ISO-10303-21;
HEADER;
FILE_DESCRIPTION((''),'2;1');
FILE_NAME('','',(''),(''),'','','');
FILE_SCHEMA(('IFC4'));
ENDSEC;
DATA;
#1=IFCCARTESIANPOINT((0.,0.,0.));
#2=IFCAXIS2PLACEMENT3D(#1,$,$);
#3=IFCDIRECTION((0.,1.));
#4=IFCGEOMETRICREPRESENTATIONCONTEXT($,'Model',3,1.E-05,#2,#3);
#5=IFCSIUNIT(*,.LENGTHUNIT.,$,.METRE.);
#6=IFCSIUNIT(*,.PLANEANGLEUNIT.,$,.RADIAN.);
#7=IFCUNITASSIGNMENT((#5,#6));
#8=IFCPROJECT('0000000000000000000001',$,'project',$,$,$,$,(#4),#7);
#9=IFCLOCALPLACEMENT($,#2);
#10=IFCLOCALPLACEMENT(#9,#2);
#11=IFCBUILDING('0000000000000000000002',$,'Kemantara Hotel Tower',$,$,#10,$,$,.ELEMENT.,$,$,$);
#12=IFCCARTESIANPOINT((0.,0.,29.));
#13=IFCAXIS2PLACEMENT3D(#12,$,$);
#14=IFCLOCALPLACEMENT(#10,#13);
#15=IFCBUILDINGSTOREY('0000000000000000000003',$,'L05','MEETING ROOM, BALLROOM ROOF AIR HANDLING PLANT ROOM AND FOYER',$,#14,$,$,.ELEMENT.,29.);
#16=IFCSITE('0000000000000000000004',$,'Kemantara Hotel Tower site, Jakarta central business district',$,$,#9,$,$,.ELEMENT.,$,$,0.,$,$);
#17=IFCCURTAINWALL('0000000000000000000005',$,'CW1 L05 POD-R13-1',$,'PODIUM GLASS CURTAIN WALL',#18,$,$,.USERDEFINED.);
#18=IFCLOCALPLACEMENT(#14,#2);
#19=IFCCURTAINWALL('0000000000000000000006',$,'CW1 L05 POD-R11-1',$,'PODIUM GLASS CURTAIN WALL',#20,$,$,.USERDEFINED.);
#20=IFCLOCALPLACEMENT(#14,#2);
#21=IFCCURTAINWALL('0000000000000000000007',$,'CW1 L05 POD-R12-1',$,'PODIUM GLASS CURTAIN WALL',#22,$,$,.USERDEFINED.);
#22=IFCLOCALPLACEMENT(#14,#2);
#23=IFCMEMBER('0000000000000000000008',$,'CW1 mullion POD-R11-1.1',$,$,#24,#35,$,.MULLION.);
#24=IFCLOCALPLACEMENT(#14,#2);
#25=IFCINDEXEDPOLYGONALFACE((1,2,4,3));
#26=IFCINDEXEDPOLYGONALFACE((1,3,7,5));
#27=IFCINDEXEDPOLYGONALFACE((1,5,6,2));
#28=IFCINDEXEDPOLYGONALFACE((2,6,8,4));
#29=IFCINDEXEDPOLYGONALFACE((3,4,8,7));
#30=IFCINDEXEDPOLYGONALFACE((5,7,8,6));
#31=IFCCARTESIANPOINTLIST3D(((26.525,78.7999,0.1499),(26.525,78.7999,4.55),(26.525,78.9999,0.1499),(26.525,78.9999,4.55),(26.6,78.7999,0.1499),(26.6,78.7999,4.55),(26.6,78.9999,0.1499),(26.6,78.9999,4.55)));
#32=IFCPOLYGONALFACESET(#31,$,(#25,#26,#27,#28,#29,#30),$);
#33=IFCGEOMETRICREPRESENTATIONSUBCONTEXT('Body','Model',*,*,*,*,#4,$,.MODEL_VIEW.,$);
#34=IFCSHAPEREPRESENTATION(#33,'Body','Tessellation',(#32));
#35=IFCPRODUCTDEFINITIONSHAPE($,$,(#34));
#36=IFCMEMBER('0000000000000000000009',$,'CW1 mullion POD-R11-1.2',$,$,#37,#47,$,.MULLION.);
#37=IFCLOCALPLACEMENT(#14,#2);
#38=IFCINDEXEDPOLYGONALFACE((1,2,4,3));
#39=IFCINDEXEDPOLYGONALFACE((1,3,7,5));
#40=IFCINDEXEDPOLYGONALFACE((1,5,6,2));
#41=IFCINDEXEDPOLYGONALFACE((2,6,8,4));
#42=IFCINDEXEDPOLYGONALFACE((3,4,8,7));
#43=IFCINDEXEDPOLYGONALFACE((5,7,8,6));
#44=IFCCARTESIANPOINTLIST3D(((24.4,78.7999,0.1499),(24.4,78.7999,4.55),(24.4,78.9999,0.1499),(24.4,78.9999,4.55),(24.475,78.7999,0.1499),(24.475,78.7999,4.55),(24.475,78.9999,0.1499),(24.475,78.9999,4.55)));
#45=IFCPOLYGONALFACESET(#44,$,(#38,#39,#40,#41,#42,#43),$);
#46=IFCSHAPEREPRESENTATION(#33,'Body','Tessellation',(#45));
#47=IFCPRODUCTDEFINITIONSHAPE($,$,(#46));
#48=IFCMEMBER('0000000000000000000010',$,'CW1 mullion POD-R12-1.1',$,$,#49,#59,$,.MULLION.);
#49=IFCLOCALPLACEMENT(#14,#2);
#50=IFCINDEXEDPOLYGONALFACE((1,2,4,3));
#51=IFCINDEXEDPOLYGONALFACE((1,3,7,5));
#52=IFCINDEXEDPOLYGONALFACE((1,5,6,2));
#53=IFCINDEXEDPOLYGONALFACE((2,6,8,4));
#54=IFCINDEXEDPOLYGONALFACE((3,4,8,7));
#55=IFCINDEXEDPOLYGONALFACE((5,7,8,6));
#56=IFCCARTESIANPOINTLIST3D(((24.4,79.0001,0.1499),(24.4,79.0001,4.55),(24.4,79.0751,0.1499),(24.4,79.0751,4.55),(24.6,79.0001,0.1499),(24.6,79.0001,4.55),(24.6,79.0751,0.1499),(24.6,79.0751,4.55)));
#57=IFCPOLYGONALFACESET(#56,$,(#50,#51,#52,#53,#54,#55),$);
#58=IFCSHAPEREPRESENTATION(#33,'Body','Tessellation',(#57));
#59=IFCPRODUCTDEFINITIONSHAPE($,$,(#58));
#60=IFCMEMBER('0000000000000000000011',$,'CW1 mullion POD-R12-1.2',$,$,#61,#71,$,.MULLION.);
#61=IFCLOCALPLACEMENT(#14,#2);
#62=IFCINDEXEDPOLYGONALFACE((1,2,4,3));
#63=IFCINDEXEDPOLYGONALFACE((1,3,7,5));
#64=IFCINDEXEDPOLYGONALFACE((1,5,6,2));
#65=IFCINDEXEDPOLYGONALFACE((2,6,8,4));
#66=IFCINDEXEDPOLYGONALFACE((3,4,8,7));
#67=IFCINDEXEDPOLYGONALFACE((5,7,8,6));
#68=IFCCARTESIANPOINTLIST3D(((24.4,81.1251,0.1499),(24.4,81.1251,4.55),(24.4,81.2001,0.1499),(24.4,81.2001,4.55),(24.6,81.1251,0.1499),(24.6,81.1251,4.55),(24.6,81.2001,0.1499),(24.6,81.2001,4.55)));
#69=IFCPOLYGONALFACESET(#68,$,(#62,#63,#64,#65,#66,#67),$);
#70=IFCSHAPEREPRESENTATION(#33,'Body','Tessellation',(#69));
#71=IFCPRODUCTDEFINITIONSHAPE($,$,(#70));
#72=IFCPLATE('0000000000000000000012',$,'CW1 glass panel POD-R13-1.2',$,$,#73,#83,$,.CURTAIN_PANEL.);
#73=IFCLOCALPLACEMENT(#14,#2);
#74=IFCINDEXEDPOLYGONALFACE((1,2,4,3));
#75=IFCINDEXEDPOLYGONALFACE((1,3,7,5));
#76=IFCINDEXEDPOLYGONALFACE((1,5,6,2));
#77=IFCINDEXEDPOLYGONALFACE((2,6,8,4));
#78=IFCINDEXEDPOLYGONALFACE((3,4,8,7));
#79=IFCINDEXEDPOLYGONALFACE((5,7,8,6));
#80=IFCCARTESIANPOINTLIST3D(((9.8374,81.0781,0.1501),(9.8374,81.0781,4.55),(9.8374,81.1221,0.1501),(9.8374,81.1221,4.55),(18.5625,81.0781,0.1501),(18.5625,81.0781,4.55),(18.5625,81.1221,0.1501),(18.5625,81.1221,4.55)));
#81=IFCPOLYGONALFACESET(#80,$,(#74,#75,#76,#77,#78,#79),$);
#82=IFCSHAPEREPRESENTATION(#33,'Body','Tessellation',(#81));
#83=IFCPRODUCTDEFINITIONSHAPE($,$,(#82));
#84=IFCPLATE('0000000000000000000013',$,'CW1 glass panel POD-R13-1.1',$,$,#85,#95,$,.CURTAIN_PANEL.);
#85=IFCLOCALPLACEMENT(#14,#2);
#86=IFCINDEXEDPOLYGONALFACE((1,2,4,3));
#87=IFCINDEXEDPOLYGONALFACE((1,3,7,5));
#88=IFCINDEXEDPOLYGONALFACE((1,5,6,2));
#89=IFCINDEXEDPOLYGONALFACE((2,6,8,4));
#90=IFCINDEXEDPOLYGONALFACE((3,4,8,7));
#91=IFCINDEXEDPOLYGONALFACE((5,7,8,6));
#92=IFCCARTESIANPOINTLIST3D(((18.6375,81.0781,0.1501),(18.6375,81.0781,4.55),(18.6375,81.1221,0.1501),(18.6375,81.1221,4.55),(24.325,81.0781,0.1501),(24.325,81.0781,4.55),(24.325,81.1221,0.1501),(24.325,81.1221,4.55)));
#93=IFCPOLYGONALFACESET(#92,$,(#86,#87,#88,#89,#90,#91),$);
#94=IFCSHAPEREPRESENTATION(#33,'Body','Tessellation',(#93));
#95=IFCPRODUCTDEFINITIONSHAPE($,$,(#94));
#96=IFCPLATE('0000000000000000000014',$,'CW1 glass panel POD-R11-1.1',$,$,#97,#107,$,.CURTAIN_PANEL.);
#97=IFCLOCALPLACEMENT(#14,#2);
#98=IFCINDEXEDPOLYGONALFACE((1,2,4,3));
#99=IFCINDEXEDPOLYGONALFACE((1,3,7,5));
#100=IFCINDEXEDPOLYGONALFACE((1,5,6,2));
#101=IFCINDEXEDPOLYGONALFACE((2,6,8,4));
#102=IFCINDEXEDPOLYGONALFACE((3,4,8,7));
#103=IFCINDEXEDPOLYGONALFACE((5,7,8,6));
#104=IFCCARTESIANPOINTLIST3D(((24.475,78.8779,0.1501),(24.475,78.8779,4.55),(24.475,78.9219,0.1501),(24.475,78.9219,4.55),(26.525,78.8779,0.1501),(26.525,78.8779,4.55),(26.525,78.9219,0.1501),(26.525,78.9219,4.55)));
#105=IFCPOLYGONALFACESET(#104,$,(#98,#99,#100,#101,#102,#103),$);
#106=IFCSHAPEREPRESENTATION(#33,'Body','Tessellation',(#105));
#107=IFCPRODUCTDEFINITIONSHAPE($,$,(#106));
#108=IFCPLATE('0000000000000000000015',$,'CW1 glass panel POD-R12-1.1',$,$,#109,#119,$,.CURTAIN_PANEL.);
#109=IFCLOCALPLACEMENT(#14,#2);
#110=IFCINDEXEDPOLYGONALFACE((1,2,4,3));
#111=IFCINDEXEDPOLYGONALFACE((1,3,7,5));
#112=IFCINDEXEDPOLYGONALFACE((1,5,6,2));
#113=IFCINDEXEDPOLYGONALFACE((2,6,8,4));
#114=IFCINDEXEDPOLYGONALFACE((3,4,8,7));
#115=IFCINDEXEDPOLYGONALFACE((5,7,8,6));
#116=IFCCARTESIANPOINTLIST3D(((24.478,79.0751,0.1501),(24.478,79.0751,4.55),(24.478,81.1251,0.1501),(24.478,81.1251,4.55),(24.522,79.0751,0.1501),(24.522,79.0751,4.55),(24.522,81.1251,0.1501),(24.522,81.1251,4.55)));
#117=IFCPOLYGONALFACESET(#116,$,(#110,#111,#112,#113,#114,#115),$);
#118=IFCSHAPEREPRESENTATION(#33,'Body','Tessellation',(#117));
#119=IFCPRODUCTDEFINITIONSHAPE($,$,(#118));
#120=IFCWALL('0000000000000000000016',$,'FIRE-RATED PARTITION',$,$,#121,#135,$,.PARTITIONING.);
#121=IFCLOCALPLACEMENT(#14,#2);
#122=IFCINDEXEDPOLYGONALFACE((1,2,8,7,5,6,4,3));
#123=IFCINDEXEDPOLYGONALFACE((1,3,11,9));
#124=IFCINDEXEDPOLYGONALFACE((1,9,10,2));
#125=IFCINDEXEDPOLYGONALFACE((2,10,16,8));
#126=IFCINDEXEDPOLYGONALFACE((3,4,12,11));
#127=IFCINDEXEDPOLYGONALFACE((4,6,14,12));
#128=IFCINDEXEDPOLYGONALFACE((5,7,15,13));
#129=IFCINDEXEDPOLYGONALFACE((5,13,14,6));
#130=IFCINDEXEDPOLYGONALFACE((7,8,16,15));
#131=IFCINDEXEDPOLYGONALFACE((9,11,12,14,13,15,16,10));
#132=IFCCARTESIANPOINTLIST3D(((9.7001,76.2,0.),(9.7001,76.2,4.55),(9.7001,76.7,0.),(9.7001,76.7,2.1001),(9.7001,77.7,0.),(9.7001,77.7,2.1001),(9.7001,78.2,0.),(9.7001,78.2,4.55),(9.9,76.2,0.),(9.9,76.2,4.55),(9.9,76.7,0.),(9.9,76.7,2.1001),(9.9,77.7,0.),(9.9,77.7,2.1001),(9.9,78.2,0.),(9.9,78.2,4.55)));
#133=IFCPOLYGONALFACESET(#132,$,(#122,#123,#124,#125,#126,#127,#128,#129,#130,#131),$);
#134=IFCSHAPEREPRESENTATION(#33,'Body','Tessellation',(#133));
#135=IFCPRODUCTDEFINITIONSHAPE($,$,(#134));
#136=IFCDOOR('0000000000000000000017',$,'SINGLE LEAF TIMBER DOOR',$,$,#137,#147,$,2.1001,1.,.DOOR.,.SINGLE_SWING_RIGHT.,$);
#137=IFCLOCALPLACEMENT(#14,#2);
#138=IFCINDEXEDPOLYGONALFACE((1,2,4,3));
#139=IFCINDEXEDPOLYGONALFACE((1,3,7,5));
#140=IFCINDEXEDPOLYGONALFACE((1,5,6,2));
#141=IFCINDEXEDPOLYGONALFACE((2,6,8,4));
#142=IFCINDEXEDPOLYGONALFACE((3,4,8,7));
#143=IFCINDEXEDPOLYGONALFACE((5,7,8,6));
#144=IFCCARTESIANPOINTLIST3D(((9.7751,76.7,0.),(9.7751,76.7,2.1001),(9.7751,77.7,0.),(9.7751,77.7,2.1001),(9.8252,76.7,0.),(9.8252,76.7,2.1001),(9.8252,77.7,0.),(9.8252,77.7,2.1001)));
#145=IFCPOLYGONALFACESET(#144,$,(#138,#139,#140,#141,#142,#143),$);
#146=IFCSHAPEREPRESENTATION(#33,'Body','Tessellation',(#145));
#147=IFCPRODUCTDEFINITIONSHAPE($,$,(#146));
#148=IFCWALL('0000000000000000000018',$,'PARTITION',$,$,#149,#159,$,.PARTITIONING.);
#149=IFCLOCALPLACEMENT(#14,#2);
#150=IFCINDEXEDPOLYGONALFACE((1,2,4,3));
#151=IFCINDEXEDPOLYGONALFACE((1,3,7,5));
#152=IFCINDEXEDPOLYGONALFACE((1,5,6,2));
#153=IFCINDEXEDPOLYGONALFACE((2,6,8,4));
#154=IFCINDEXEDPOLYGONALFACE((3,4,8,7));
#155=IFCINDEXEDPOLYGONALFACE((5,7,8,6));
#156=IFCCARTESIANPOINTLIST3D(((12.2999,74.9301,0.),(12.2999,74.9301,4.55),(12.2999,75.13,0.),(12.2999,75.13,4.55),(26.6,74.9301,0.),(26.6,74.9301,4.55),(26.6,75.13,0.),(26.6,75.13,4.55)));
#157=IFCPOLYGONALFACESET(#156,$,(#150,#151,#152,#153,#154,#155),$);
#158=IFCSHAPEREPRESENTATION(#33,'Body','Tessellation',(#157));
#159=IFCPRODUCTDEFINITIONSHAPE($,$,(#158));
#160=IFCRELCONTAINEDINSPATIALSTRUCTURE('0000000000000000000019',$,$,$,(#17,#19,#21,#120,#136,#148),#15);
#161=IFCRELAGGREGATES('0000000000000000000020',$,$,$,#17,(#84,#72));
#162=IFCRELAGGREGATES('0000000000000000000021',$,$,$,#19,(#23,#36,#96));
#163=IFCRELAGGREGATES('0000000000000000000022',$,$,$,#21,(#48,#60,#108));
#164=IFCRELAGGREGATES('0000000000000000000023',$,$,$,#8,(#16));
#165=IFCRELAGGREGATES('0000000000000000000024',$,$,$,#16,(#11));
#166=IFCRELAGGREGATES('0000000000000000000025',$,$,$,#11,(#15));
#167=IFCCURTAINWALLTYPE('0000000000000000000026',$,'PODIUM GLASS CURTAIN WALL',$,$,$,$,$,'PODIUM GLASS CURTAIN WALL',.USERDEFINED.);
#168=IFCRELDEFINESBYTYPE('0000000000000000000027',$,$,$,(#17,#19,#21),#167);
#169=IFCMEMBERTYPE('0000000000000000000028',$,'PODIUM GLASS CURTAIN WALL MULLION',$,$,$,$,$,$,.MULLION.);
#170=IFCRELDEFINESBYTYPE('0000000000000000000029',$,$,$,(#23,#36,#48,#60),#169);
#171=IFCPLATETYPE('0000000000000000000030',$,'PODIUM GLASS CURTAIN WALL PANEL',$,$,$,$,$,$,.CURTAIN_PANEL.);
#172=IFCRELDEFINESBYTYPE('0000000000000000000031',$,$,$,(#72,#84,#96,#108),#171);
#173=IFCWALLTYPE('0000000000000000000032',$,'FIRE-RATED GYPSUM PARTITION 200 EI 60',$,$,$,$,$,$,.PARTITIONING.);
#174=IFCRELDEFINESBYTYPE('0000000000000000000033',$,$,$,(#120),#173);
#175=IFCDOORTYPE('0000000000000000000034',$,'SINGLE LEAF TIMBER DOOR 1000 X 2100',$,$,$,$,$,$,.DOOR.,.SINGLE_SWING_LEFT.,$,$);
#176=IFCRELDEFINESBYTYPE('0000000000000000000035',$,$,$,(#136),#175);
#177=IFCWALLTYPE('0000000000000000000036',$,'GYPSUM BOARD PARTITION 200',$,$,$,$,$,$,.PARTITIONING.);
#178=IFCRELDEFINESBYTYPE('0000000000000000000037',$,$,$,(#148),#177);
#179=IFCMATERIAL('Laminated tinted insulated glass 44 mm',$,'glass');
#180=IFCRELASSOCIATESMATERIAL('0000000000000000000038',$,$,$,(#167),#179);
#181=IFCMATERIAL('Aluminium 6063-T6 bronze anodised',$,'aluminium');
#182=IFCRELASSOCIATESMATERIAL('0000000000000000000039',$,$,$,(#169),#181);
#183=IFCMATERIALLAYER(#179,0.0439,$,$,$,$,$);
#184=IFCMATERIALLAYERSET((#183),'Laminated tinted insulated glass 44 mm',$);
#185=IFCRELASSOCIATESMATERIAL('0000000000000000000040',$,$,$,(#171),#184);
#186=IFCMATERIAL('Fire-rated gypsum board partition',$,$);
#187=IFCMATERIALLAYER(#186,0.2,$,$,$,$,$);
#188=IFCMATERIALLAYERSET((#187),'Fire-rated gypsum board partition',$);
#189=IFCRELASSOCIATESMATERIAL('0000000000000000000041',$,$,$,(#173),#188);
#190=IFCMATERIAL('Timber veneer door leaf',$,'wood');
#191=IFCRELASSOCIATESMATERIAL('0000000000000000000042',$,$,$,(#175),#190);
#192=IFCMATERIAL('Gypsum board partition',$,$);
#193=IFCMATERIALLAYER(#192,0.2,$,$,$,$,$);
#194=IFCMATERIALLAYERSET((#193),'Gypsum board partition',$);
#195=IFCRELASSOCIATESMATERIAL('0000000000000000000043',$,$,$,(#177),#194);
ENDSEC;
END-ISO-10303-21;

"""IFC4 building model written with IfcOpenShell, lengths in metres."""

from ifc_helpers import new_model, si_unit, direction, frame, frame_2d, origin, origin_2d, place, context, subcontext, project, spatial, rectangle, extrude, source, transform, mapped, material, layer, layer_set, material_profile, profile_set, type_object, element, fill, aggregate, save


model = new_model("IFC4")

# Units and contexts
model_context = context("Model", 3, precision=1e-05, world=origin(), true_north=direction((0.0, 1.0)))
body_context = subcontext(model_context, "Body", "Model", "MODEL_VIEW")
ifc_project = project(units=[si_unit("LENGTHUNIT", "METRE"), si_unit("PLANEANGLEUNIT", "RADIAN")], contexts=[model_context])

# Site, building, storey
site_placement = place(None, origin())
site = spatial("IfcSite", under=ifc_project, at=site_placement, Name="Kemantara Hotel Tower site, Jakarta central business district", CompositionType="ELEMENT", RefElevation=0.0)
building_placement = place(site_placement, origin())
building = spatial("IfcBuilding", under=site, at=building_placement, Name="Kemantara Hotel Tower", CompositionType="ELEMENT")
storey_placement = place(building_placement, frame((0.0, 0.0, 29.0)))
storey = spatial("IfcBuildingStorey", under=building, at=storey_placement, Name="L05", Description="MEETING ROOM, BALLROOM ROOF AIR HANDLING PLANT ROOM AND FOYER", CompositionType="ELEMENT", Elevation=29.0)

# Curtain walls
ifc_material_1 = material(Name="Laminated tinted insulated glass 44 mm", Category="glass")
curtain_wall_type = type_object("IfcCurtainWallType", Name="PODIUM GLASS CURTAIN WALL", ElementType="PODIUM GLASS CURTAIN WALL", PredefinedType="USERDEFINED", material=ifc_material_1)
curtain_wall_1_placement = place(storey_placement, origin())
curtain_wall_1 = element("IfcCurtainWall", 1, at=curtain_wall_1_placement, inside=storey, type_object=curtain_wall_type, Name="CW1 L05 POD-R13-1", ObjectType="PODIUM GLASS CURTAIN WALL", PredefinedType="USERDEFINED")
ifc_material_2 = material(Name="Aluminium 6063-T6 bronze anodised", Category="aluminium")
curtain_wall_2_placement = place(storey_placement, origin())
curtain_wall_2 = element("IfcCurtainWall", 2, at=curtain_wall_2_placement, inside=storey, type_object=curtain_wall_type, Name="CW1 L05 POD-R11-1", ObjectType="PODIUM GLASS CURTAIN WALL", PredefinedType="USERDEFINED")
curtain_wall_3_placement = place(storey_placement, origin())
curtain_wall_3 = element("IfcCurtainWall", 3, at=curtain_wall_3_placement, inside=storey, type_object=curtain_wall_type, Name="CW1 L05 POD-R12-1", ObjectType="PODIUM GLASS CURTAIN WALL", PredefinedType="USERDEFINED")

# Shared definitions
ifc_material_profile_1 = material_profile(ifc_material_2, rectangle(XDim=0.2, YDim=0.075, at=origin_2d()), Name="PODIUM GLASS CURTAIN WALL MULLION")
ifc_profile_set_1 = profile_set([ifc_material_profile_1], Name="Aluminium 6063-T6 bronze anodised")
member_type_1 = type_object("IfcMemberType", Name="PODIUM GLASS CURTAIN WALL MULLION", PredefinedType="MULLION", material=ifc_profile_set_1)
shared_shape_1 = source(origin(), body_context, "Body", "SweptSolid", [
    extrude(rectangle(XDim=0.2, YDim=0.075, at=origin_2d()), origin(), (0.0, 0.0, 1.0), 4.4001),
])

# Members
member_1_placement = place(storey_placement, frame((26.5625, 78.8999, 0.1499), z_axis=(0.0, 0.0, 1.0), x_axis=(0.0, -1.0, 0.0)))
member_1 = element("IfcMember", 4, at=member_1_placement, type_object=member_type_1, Name="CW1 mullion POD-R11-1.1", PredefinedType="MULLION", context=body_context, shape_type="MappedRepresentation", body=[
    mapped(shared_shape_1, transform((0.0, 0.0, 0.0))),
])
member_2_placement = place(storey_placement, frame((24.4375, 78.8999, 0.1499), z_axis=(0.0, 0.0, 1.0), x_axis=(0.0, -1.0, 0.0)))
member_2 = element("IfcMember", 5, at=member_2_placement, type_object=member_type_1, Name="CW1 mullion POD-R11-1.2", PredefinedType="MULLION", context=body_context, shape_type="MappedRepresentation", body=[
    mapped(shared_shape_1, transform((0.0, 0.0, 0.0))),
])
member_3_placement = place(storey_placement, frame((24.5, 79.0376, 0.1499), z_axis=(0.0, 0.0, 1.0), x_axis=(-1.0, 0.0, 0.0)))
member_3 = element("IfcMember", 6, at=member_3_placement, type_object=member_type_1, Name="CW1 mullion POD-R12-1.1", PredefinedType="MULLION", context=body_context, shape_type="MappedRepresentation", body=[
    mapped(shared_shape_1, transform((0.0, 0.0, 0.0))),
])
member_4_placement = place(storey_placement, frame((24.5, 81.1626, 0.1499), z_axis=(0.0, 0.0, 1.0), x_axis=(-1.0, 0.0, 0.0)))
member_4 = element("IfcMember", 7, at=member_4_placement, type_object=member_type_1, Name="CW1 mullion POD-R12-1.2", PredefinedType="MULLION", context=body_context, shape_type="MappedRepresentation", body=[
    mapped(shared_shape_1, transform((0.0, 0.0, 0.0))),
])

# Plates
ifc_layer_1 = layer(ifc_material_1, 0.0439)
ifc_layer_set_1 = layer_set([ifc_layer_1], Name="Laminated tinted insulated glass 44 mm")
plate_type = type_object("IfcPlateType", Name="PODIUM GLASS CURTAIN WALL PANEL", PredefinedType="CURTAIN_PANEL", material=ifc_layer_set_1)
shared_shape_2 = source(origin(), body_context, "Body", "SweptSolid", [
    extrude(rectangle(XDim=8.7251, YDim=0.0439, at=origin_2d()), origin(), (0.0, 0.0, 1.0), 4.3999),
])
plate_1_placement = place(storey_placement, frame((14.2, 81.1001, 0.1501), z_axis=(0.0, 0.0, 1.0), x_axis=(-1.0, 0.0, 0.0)))
plate_1 = element("IfcPlate", 8, at=plate_1_placement, type_object=plate_type, Name="CW1 glass panel POD-R13-1.2", PredefinedType="CURTAIN_PANEL", context=body_context, shape_type="MappedRepresentation", body=[
    mapped(shared_shape_2, transform((0.0, 0.0, 0.0))),
])
shared_shape_3 = source(origin(), body_context, "Body", "SweptSolid", [
    extrude(rectangle(XDim=5.6875, YDim=0.0439, at=origin_2d()), origin(), (0.0, 0.0, 1.0), 4.3999),
])
plate_2_placement = place(storey_placement, frame((21.4812, 81.1001, 0.1501), z_axis=(0.0, 0.0, 1.0), x_axis=(-1.0, 0.0, 0.0)))
plate_2 = element("IfcPlate", 9, at=plate_2_placement, type_object=plate_type, Name="CW1 glass panel POD-R13-1.1", PredefinedType="CURTAIN_PANEL", context=body_context, shape_type="MappedRepresentation", body=[
    mapped(shared_shape_3, transform((0.0, 0.0, 0.0))),
])
aggregate(curtain_wall_1, [plate_2, plate_1])
shared_shape_4 = source(origin(), body_context, "Body", "SweptSolid", [
    extrude(rectangle(XDim=2.05, YDim=0.0439, at=origin_2d()), origin(), (0.0, 0.0, 1.0), 4.3999),
])
plate_3_placement = place(storey_placement, frame((25.5, 78.8999, 0.1501), z_axis=(0.0, 0.0, 1.0), x_axis=(-1.0, 0.0, 0.0)))
plate_3 = element("IfcPlate", 10, at=plate_3_placement, type_object=plate_type, Name="CW1 glass panel POD-R11-1.1", PredefinedType="CURTAIN_PANEL", context=body_context, shape_type="MappedRepresentation", body=[
    mapped(shared_shape_4, transform((0.0, 0.0, 0.0))),
])
aggregate(curtain_wall_2, [member_1, member_2, plate_3])
plate_4_placement = place(storey_placement, frame((24.5, 80.1001, 0.1501), z_axis=(0.0, 0.0, 1.0), x_axis=(0.0, 1.0, 0.0)))
plate_4 = element("IfcPlate", 11, at=plate_4_placement, type_object=plate_type, Name="CW1 glass panel POD-R12-1.1", PredefinedType="CURTAIN_PANEL", context=body_context, shape_type="MappedRepresentation", body=[
    mapped(shared_shape_4, transform((0.0, 0.0, 0.0))),
])
aggregate(curtain_wall_3, [member_3, member_4, plate_4])

# Wall, opening, door
ifc_material_3 = material(Name="Fire-rated gypsum board partition")
ifc_layer_2 = layer(ifc_material_3, 0.2)
ifc_layer_set_2 = layer_set([ifc_layer_2], Name="Fire-rated gypsum board partition")
wall_type_1 = type_object("IfcWallType", Name="FIRE-RATED GYPSUM PARTITION 200 EI 60", PredefinedType="PARTITIONING", material=ifc_layer_set_2)
wall_1_placement = place(storey_placement, frame((9.8, 76.2, 0.0), z_axis=(0.0, 0.0, 1.0), x_axis=(0.0, 1.0, 0.0)))
wall_1 = element("IfcWall", 12, at=wall_1_placement, inside=storey, type_object=wall_type_1, Name="FIRE-RATED PARTITION", PredefinedType="PARTITIONING", context=body_context, shape_type="SweptSolid", body=[
    extrude(rectangle(XDim=2.0, YDim=0.2, at=frame_2d((1.0, 0.0))), origin(), (0.0, 0.0, 1.0), 4.55),
])
opening_placement = place(wall_1_placement, frame((0.5, 0.0, 0.0)))
opening = element("IfcOpeningElement", 13, at=opening_placement, cuts=wall_1, PredefinedType="OPENING", context=body_context, shape_type="SweptSolid", body=[
    extrude(rectangle(XDim=1.0, YDim=2.1001, at=frame_2d((0.5, 1.05))), frame((0.0, 0.1099, 0.0), z_axis=(0.0, -1.0, 0.0), x_axis=(1.0, 0.0, 0.0)), (0.0, 0.0, 1.0), 0.22),
])
ifc_material_4 = material(Name="Timber veneer door leaf", Category="wood")
door_type = type_object("IfcDoorType", Name="SINGLE LEAF TIMBER DOOR 1000 X 2100", OperationType="SINGLE_SWING_LEFT", PredefinedType="DOOR", material=ifc_material_4)
door_placement = place(opening_placement, origin())
door = element("IfcDoor", 14, at=door_placement, inside=storey, type_object=door_type, Name="SINGLE LEAF TIMBER DOOR", OperationType="SINGLE_SWING_RIGHT", OverallHeight=2.1001, OverallWidth=1.0, PredefinedType="DOOR", context=body_context, shape_type="SweptSolid", body=[
    extrude(rectangle(XDim=1.0, YDim=2.1001, at=frame_2d((0.5, 1.05))), frame((0.0, 0.0249, 0.0), z_axis=(0.0, -1.0, 0.0), x_axis=(1.0, 0.0, 0.0)), (0.0, 0.0, 1.0), 0.05),
])
fill(opening, door)

# Wall
ifc_material_5 = material(Name="Gypsum board partition")
ifc_layer_3 = layer(ifc_material_5, 0.2)
ifc_layer_set_3 = layer_set([ifc_layer_3], Name="Gypsum board partition")
wall_type_2 = type_object("IfcWallType", Name="GYPSUM BOARD PARTITION 200", PredefinedType="PARTITIONING", material=ifc_layer_set_3)
wall_2_placement = place(storey_placement, frame((12.3, 75.03, 0.0), z_axis=(0.0, 0.0, 1.0), x_axis=(1.0, 0.0, 0.0)))
element("IfcWall", 15, at=wall_2_placement, inside=storey, type_object=wall_type_2, Name="PARTITION", PredefinedType="PARTITIONING", context=body_context, shape_type="SweptSolid", body=[
    extrude(rectangle(XDim=14.3, YDim=0.2, at=frame_2d((7.1499, 0.0))), origin(), (0.0, 0.0, 1.0), 4.55),
])

save(model, "model.ifc")
